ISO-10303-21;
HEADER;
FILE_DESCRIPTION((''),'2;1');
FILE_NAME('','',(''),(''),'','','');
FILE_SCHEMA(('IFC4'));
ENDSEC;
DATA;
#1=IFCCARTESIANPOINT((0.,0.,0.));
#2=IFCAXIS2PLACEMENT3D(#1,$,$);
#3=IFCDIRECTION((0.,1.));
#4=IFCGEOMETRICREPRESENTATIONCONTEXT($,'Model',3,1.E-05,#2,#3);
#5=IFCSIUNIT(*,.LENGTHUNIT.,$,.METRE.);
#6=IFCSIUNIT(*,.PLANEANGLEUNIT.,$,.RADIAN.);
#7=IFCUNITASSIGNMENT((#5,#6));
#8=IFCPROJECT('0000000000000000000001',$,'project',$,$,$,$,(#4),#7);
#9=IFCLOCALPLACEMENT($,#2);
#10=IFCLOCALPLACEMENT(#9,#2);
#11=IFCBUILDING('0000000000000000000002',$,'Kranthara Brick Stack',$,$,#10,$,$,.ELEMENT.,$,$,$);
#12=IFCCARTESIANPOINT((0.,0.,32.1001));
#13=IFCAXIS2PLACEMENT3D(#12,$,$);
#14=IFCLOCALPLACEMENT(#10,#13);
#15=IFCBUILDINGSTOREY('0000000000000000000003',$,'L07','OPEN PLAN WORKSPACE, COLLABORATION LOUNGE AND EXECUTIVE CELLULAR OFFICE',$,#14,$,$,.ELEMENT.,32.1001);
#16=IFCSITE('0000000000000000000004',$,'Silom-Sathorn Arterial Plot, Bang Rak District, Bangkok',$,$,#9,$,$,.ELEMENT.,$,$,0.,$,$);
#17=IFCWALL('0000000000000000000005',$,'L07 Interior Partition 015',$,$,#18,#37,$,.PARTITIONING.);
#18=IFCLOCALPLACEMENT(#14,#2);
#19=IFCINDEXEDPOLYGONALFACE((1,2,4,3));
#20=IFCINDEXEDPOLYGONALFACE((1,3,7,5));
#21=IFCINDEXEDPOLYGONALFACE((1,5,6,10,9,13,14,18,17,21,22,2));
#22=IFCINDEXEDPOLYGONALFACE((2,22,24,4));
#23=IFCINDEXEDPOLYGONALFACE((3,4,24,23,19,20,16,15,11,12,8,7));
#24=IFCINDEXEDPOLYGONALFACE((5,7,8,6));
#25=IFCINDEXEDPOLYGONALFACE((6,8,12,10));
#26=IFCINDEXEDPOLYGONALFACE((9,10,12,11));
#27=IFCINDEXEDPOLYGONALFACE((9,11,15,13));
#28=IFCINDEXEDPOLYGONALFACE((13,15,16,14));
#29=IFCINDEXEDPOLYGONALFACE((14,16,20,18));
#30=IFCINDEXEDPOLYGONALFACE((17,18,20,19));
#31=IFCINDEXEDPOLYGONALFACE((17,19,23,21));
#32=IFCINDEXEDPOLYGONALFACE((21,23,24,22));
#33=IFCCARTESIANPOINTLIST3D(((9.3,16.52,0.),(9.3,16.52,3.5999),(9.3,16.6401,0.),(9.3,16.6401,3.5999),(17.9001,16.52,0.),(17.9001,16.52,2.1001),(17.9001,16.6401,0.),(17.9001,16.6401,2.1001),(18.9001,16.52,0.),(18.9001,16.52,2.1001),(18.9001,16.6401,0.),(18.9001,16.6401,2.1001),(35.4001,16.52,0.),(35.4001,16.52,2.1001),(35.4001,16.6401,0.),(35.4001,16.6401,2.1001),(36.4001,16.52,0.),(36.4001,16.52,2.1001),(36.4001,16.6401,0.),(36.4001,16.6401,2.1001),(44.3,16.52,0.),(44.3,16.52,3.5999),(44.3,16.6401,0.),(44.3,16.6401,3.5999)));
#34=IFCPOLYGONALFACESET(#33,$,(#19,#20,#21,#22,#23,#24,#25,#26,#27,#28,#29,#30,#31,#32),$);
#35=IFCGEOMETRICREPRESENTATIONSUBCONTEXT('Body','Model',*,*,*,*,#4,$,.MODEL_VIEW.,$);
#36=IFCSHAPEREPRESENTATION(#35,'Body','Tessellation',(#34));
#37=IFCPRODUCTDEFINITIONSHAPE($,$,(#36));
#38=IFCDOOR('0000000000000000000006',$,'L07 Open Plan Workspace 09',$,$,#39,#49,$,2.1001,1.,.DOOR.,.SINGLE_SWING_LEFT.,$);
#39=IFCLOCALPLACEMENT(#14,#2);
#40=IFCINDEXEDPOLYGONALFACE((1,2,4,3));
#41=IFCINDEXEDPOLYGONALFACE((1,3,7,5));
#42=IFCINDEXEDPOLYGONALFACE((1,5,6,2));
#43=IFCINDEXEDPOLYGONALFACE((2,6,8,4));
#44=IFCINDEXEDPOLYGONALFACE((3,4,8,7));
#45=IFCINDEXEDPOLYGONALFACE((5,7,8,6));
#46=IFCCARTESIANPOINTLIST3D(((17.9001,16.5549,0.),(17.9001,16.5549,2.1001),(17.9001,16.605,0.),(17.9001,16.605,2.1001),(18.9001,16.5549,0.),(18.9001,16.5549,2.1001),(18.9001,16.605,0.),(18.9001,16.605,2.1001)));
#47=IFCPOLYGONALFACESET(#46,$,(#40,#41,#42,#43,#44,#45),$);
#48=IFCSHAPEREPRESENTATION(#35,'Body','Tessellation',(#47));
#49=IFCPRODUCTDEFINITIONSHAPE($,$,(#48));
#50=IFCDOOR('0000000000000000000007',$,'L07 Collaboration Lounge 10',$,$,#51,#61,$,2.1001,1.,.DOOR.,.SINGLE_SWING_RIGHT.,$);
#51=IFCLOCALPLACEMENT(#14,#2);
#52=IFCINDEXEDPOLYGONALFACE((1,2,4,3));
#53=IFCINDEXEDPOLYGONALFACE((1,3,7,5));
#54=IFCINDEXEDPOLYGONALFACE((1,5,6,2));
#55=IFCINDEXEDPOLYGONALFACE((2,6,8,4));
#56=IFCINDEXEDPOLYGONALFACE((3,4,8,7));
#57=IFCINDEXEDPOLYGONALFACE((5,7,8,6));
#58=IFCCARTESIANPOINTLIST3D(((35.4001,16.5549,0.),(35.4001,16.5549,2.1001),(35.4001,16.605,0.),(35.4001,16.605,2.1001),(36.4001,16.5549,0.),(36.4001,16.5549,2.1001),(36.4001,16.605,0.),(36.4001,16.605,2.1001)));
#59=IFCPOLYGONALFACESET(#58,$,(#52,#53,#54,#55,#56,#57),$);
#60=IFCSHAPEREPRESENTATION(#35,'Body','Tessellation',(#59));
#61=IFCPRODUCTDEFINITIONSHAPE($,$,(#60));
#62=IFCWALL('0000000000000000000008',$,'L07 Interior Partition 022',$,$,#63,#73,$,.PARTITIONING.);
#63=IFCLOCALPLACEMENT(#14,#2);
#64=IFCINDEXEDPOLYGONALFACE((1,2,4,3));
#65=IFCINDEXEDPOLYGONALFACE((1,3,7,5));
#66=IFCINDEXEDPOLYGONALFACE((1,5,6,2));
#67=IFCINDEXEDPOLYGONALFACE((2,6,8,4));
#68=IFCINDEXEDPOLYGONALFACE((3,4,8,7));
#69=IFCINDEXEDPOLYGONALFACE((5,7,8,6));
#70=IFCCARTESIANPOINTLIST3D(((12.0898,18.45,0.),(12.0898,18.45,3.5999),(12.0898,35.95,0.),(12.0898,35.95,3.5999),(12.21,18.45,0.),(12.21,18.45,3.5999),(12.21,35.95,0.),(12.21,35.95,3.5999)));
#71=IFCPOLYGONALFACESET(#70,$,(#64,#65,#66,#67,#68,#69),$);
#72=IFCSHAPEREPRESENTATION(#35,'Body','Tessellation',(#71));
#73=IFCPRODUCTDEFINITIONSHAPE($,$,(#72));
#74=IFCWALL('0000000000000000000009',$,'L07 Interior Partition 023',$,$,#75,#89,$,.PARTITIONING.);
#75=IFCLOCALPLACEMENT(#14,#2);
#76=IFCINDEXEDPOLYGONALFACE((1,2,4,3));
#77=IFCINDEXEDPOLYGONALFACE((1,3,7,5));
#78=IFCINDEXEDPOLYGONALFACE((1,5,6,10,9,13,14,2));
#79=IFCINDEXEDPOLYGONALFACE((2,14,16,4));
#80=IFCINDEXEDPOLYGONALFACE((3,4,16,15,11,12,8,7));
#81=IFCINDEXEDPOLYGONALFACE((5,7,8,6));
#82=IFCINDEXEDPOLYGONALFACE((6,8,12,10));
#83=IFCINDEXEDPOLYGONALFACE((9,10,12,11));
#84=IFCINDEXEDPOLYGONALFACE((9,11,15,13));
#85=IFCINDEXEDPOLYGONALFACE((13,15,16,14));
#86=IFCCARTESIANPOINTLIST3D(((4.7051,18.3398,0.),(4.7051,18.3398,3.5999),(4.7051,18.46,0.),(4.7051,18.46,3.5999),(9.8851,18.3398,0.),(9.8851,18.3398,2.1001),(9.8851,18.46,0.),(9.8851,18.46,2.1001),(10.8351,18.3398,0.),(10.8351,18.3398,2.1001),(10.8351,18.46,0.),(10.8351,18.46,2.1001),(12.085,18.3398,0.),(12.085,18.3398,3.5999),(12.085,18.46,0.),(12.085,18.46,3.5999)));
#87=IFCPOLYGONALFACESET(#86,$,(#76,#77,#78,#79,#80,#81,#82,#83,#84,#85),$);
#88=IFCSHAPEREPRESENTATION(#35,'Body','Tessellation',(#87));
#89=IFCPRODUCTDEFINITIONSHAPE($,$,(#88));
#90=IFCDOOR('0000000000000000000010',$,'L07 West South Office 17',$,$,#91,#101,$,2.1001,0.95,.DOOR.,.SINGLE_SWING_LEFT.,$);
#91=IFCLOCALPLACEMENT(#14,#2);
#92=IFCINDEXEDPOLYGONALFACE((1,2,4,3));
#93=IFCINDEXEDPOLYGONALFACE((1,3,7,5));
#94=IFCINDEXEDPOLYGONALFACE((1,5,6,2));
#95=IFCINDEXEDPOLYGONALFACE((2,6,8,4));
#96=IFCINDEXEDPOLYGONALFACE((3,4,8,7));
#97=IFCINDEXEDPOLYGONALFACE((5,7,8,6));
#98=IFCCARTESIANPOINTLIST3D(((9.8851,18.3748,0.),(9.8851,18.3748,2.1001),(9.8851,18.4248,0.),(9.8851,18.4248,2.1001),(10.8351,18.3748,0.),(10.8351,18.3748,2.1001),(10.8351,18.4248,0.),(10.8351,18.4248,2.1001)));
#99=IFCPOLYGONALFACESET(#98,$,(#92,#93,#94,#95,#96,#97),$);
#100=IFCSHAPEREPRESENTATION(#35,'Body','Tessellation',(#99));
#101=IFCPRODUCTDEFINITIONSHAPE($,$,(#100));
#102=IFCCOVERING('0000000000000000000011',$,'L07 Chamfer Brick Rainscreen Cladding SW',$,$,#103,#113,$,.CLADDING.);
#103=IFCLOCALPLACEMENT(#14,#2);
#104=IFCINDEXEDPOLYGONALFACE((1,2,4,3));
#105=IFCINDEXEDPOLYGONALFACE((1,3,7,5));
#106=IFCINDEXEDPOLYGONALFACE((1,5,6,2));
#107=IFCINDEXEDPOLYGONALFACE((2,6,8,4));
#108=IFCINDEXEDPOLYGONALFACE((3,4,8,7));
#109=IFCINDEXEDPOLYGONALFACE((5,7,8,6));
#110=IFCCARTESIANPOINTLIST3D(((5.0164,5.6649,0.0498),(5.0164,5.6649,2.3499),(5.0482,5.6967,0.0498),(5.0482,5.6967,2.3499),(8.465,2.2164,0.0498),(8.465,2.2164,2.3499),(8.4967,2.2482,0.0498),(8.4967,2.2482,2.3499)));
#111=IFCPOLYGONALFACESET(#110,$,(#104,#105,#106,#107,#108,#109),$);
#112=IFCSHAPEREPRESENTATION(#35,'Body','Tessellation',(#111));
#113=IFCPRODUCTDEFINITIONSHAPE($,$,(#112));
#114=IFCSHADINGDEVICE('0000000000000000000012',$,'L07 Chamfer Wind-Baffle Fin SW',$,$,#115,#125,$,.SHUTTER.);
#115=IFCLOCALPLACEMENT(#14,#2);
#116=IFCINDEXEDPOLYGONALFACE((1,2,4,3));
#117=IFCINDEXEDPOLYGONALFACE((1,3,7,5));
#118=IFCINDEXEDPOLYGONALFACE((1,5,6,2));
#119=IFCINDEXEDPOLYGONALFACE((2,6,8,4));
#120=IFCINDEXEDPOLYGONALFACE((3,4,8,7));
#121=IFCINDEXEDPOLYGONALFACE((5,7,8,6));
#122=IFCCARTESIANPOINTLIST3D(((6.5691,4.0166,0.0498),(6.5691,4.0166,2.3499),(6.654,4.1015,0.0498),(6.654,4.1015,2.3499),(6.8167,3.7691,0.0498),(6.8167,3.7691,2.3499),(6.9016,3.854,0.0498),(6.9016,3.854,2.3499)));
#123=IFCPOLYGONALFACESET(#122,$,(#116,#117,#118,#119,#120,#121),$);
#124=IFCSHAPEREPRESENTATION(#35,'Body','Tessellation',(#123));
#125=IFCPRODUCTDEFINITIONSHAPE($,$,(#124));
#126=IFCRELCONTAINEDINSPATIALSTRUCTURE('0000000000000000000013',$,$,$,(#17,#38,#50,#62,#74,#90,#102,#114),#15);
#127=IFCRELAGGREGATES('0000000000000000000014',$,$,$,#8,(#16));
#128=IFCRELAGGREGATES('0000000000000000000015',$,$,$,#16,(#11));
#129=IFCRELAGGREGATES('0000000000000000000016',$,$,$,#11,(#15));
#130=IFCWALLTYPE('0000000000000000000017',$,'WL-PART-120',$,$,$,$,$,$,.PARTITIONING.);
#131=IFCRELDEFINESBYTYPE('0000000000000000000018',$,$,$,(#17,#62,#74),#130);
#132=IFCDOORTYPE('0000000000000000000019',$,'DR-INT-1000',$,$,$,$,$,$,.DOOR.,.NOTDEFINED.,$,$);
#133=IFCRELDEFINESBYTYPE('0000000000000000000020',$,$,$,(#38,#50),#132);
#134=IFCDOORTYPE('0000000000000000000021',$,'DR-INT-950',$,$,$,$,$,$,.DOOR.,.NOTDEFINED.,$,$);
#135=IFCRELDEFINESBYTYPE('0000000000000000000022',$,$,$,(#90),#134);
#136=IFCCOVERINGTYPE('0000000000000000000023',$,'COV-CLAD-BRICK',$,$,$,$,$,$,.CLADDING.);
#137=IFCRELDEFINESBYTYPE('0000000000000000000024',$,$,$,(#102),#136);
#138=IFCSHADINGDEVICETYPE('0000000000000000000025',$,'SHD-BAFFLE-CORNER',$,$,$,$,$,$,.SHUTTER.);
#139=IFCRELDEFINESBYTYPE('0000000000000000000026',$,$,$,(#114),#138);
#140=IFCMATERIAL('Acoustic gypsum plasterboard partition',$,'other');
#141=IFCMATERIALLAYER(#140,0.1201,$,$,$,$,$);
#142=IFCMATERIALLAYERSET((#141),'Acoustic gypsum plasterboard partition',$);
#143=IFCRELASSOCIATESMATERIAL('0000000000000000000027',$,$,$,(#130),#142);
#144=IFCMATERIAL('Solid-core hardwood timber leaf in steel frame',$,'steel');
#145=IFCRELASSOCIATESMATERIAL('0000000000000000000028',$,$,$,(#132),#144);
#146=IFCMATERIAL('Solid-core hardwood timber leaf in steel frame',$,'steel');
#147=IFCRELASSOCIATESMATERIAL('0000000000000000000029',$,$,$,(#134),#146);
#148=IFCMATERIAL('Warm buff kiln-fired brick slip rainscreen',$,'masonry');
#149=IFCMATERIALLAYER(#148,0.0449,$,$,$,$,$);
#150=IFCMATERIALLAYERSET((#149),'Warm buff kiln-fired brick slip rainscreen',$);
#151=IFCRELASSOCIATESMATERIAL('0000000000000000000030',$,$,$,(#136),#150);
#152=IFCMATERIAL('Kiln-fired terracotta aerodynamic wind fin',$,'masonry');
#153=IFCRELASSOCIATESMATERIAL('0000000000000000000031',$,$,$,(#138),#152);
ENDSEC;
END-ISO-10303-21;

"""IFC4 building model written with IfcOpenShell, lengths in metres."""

from ifc_helpers import new_model, si_unit, direction, frame, frame_2d, origin, origin_2d, place, context, subcontext, project, spatial, rectangle, extrude, material, layer, layer_set, type_object, element, fill, save


model = new_model("IFC4")

# Units and contexts
model_context = context("Model", 3, precision=1e-05, world=origin(), true_north=direction((0.0, 1.0)))
body_context = subcontext(model_context, "Body", "Model", "MODEL_VIEW")
ifc_project = project(units=[si_unit("LENGTHUNIT", "METRE"), si_unit("PLANEANGLEUNIT", "RADIAN")], contexts=[model_context])

# Site, building, storey
site_placement = place(None, origin())
site = spatial("IfcSite", under=ifc_project, at=site_placement, Name="Silom-Sathorn Arterial Plot, Bang Rak District, Bangkok", CompositionType="ELEMENT", RefElevation=0.0)
building_placement = place(site_placement, origin())
building = spatial("IfcBuilding", under=site, at=building_placement, Name="Kranthara Brick Stack", CompositionType="ELEMENT")
storey_placement = place(building_placement, frame((0.0, 0.0, 32.1001)))
storey = spatial("IfcBuildingStorey", under=building, at=storey_placement, Name="L07", Description="OPEN PLAN WORKSPACE, COLLABORATION LOUNGE AND EXECUTIVE CELLULAR OFFICE", CompositionType="ELEMENT", Elevation=32.1001)

# Wall, openings, doors
ifc_material_1 = material(Name="Acoustic gypsum plasterboard partition", Category="other")
ifc_layer_1 = layer(ifc_material_1, 0.1201)
ifc_layer_set_1 = layer_set([ifc_layer_1], Name="Acoustic gypsum plasterboard partition")
wall_type_1 = type_object("IfcWallType", Name="WL-PART-120", PredefinedType="PARTITIONING", material=ifc_layer_set_1)
wall_1_placement = place(storey_placement, frame((9.3, 16.5801, 0.0), z_axis=(0.0, 0.0, 1.0), x_axis=(1.0, 0.0, 0.0)))
wall_1 = element("IfcWall", 1, at=wall_1_placement, inside=storey, type_object=wall_type_1, Name="L07 Interior Partition 015", PredefinedType="PARTITIONING", context=body_context, shape_type="SweptSolid", body=[
    extrude(rectangle(XDim=35.0, YDim=0.1201, at=frame_2d((17.5, 0.0))), origin(), (0.0, 0.0, 1.0), 3.5999),
])
opening_1_placement = place(wall_1_placement, frame((8.6001, 0.0, 0.0)))
opening_1 = element("IfcOpeningElement", 2, at=opening_1_placement, cuts=wall_1, PredefinedType="OPENING", context=body_context, shape_type="SweptSolid", body=[
    extrude(rectangle(XDim=1.0, YDim=2.1001, at=frame_2d((0.5, 1.05))), frame((0.0, 0.0701, 0.0), z_axis=(0.0, -1.0, 0.0), x_axis=(1.0, 0.0, 0.0)), (0.0, 0.0, 1.0), 0.1401),
])
opening_2_placement = place(wall_1_placement, frame((26.1001, 0.0, 0.0)))
opening_2 = element("IfcOpeningElement", 3, at=opening_2_placement, cuts=wall_1, PredefinedType="OPENING", context=body_context, shape_type="SweptSolid", body=[
    extrude(rectangle(XDim=1.0, YDim=2.1001, at=frame_2d((0.5, 1.05))), frame((0.0, 0.0701, 0.0), z_axis=(0.0, -1.0, 0.0), x_axis=(1.0, 0.0, 0.0)), (0.0, 0.0, 1.0), 0.1401),
])
ifc_material_2 = material(Name="Solid-core hardwood timber leaf in steel frame", Category="steel")
door_type_1 = type_object("IfcDoorType", Name="DR-INT-1000", OperationType="NOTDEFINED", PredefinedType="DOOR", material=ifc_material_2)
door_1_placement = place(opening_1_placement, origin())
door_1 = element("IfcDoor", 4, at=door_1_placement, inside=storey, type_object=door_type_1, Name="L07 Open Plan Workspace 09", OperationType="SINGLE_SWING_LEFT", OverallHeight=2.1001, OverallWidth=1.0, PredefinedType="DOOR", context=body_context, shape_type="SweptSolid", body=[
    extrude(rectangle(XDim=1.0, YDim=2.1001, at=frame_2d((0.5, 1.05))), frame((0.0, 0.0249, 0.0), z_axis=(0.0, -1.0, 0.0), x_axis=(1.0, 0.0, 0.0)), (0.0, 0.0, 1.0), 0.05),
])
fill(opening_1, door_1)
door_2_placement = place(opening_2_placement, origin())
door_2 = element("IfcDoor", 5, at=door_2_placement, inside=storey, type_object=door_type_1, Name="L07 Collaboration Lounge 10", OperationType="SINGLE_SWING_RIGHT", OverallHeight=2.1001, OverallWidth=1.0, PredefinedType="DOOR", context=body_context, shape_type="SweptSolid", body=[
    extrude(rectangle(XDim=1.0, YDim=2.1001, at=frame_2d((0.5, 1.05))), frame((0.0, 0.0249, 0.0), z_axis=(0.0, -1.0, 0.0), x_axis=(1.0, 0.0, 0.0)), (0.0, 0.0, 1.0), 0.05),
])
fill(opening_2, door_2)

# Wall
wall_2_placement = place(storey_placement, frame((12.1499, 18.45, 0.0), z_axis=(0.0, 0.0, 1.0), x_axis=(0.0, 1.0, 0.0)))
element("IfcWall", 6, at=wall_2_placement, inside=storey, type_object=wall_type_1, Name="L07 Interior Partition 022", PredefinedType="PARTITIONING", context=body_context, shape_type="SweptSolid", body=[
    extrude(rectangle(XDim=17.5, YDim=0.1201, at=frame_2d((8.75, 0.0))), origin(), (0.0, 0.0, 1.0), 3.5999),
])

# Wall, opening, door
wall_3_placement = place(storey_placement, frame((4.7051, 18.3999, 0.0), z_axis=(0.0, 0.0, 1.0), x_axis=(1.0, 0.0, 0.0)))
wall_3 = element("IfcWall", 7, at=wall_3_placement, inside=storey, type_object=wall_type_1, Name="L07 Interior Partition 023", PredefinedType="PARTITIONING", context=body_context, shape_type="SweptSolid", body=[
    extrude(rectangle(XDim=7.3799, YDim=0.1201, at=frame_2d((3.6899, 0.0))), origin(), (0.0, 0.0, 1.0), 3.5999),
])
opening_3_placement = place(wall_3_placement, frame((5.1799, 0.0, 0.0)))
opening_3 = element("IfcOpeningElement", 8, at=opening_3_placement, cuts=wall_3, PredefinedType="OPENING", context=body_context, shape_type="SweptSolid", body=[
    extrude(rectangle(XDim=0.95, YDim=2.1001, at=frame_2d((0.4751, 1.05))), frame((0.0, 0.0701, 0.0), z_axis=(0.0, -1.0, 0.0), x_axis=(1.0, 0.0, 0.0)), (0.0, 0.0, 1.0), 0.1401),
])
ifc_material_3 = material(Name="Solid-core hardwood timber leaf in steel frame", Category="steel")
door_type_2 = type_object("IfcDoorType", Name="DR-INT-950", OperationType="NOTDEFINED", PredefinedType="DOOR", material=ifc_material_3)
door_3_placement = place(opening_3_placement, origin())
door_3 = element("IfcDoor", 9, at=door_3_placement, inside=storey, type_object=door_type_2, Name="L07 West South Office 17", OperationType="SINGLE_SWING_LEFT", OverallHeight=2.1001, OverallWidth=0.95, PredefinedType="DOOR", context=body_context, shape_type="SweptSolid", body=[
    extrude(rectangle(XDim=0.95, YDim=2.1001, at=frame_2d((0.4751, 1.05))), frame((0.0, 0.0249, 0.0), z_axis=(0.0, -1.0, 0.0), x_axis=(1.0, 0.0, 0.0)), (0.0, 0.0, 1.0), 0.05),
])
fill(opening_3, door_3)

# Covering
ifc_material_4 = material(Name="Warm buff kiln-fired brick slip rainscreen", Category="masonry")
ifc_layer_2 = layer(ifc_material_4, 0.0449)
ifc_layer_set_2 = layer_set([ifc_layer_2], Name="Warm buff kiln-fired brick slip rainscreen")
covering_type = type_object("IfcCoveringType", Name="COV-CLAD-BRICK", PredefinedType="CLADDING", material=ifc_layer_set_2)
covering_placement = place(storey_placement, frame((6.7566, 3.9565, 0.0498), z_axis=(0.0, 0.0, 1.0), x_axis=(-0.707107, 0.707107, 0.0)))
element("IfcCovering", 10, at=covering_placement, inside=storey, type_object=covering_type, Name="L07 Chamfer Brick Rainscreen Cladding SW", PredefinedType="CLADDING", context=body_context, shape_type="SweptSolid", body=[
    extrude(rectangle(XDim=4.877, YDim=0.0449, at=origin_2d()), origin(), (0.0, 0.0, 1.0), 2.3),
])

# Shading device
ifc_material_5 = material(Name="Kiln-fired terracotta aerodynamic wind fin", Category="masonry")
shading_device_type = type_object("IfcShadingDeviceType", Name="SHD-BAFFLE-CORNER", PredefinedType="SHUTTER", material=ifc_material_5)
shading_device_placement = place(storey_placement, frame((6.7354, 3.9353, 0.0498), z_axis=(0.0, 0.0, 1.0), x_axis=(-0.707107, 0.707107, 0.0)))
element("IfcShadingDevice", 11, at=shading_device_placement, inside=storey, type_object=shading_device_type, Name="L07 Chamfer Wind-Baffle Fin SW", PredefinedType="SHUTTER", context=body_context, shape_type="SweptSolid", body=[
    extrude(rectangle(XDim=0.3501, YDim=0.1201, at=origin_2d()), origin(), (0.0, 0.0, 1.0), 2.3),
])

save(model, "model.ifc")
